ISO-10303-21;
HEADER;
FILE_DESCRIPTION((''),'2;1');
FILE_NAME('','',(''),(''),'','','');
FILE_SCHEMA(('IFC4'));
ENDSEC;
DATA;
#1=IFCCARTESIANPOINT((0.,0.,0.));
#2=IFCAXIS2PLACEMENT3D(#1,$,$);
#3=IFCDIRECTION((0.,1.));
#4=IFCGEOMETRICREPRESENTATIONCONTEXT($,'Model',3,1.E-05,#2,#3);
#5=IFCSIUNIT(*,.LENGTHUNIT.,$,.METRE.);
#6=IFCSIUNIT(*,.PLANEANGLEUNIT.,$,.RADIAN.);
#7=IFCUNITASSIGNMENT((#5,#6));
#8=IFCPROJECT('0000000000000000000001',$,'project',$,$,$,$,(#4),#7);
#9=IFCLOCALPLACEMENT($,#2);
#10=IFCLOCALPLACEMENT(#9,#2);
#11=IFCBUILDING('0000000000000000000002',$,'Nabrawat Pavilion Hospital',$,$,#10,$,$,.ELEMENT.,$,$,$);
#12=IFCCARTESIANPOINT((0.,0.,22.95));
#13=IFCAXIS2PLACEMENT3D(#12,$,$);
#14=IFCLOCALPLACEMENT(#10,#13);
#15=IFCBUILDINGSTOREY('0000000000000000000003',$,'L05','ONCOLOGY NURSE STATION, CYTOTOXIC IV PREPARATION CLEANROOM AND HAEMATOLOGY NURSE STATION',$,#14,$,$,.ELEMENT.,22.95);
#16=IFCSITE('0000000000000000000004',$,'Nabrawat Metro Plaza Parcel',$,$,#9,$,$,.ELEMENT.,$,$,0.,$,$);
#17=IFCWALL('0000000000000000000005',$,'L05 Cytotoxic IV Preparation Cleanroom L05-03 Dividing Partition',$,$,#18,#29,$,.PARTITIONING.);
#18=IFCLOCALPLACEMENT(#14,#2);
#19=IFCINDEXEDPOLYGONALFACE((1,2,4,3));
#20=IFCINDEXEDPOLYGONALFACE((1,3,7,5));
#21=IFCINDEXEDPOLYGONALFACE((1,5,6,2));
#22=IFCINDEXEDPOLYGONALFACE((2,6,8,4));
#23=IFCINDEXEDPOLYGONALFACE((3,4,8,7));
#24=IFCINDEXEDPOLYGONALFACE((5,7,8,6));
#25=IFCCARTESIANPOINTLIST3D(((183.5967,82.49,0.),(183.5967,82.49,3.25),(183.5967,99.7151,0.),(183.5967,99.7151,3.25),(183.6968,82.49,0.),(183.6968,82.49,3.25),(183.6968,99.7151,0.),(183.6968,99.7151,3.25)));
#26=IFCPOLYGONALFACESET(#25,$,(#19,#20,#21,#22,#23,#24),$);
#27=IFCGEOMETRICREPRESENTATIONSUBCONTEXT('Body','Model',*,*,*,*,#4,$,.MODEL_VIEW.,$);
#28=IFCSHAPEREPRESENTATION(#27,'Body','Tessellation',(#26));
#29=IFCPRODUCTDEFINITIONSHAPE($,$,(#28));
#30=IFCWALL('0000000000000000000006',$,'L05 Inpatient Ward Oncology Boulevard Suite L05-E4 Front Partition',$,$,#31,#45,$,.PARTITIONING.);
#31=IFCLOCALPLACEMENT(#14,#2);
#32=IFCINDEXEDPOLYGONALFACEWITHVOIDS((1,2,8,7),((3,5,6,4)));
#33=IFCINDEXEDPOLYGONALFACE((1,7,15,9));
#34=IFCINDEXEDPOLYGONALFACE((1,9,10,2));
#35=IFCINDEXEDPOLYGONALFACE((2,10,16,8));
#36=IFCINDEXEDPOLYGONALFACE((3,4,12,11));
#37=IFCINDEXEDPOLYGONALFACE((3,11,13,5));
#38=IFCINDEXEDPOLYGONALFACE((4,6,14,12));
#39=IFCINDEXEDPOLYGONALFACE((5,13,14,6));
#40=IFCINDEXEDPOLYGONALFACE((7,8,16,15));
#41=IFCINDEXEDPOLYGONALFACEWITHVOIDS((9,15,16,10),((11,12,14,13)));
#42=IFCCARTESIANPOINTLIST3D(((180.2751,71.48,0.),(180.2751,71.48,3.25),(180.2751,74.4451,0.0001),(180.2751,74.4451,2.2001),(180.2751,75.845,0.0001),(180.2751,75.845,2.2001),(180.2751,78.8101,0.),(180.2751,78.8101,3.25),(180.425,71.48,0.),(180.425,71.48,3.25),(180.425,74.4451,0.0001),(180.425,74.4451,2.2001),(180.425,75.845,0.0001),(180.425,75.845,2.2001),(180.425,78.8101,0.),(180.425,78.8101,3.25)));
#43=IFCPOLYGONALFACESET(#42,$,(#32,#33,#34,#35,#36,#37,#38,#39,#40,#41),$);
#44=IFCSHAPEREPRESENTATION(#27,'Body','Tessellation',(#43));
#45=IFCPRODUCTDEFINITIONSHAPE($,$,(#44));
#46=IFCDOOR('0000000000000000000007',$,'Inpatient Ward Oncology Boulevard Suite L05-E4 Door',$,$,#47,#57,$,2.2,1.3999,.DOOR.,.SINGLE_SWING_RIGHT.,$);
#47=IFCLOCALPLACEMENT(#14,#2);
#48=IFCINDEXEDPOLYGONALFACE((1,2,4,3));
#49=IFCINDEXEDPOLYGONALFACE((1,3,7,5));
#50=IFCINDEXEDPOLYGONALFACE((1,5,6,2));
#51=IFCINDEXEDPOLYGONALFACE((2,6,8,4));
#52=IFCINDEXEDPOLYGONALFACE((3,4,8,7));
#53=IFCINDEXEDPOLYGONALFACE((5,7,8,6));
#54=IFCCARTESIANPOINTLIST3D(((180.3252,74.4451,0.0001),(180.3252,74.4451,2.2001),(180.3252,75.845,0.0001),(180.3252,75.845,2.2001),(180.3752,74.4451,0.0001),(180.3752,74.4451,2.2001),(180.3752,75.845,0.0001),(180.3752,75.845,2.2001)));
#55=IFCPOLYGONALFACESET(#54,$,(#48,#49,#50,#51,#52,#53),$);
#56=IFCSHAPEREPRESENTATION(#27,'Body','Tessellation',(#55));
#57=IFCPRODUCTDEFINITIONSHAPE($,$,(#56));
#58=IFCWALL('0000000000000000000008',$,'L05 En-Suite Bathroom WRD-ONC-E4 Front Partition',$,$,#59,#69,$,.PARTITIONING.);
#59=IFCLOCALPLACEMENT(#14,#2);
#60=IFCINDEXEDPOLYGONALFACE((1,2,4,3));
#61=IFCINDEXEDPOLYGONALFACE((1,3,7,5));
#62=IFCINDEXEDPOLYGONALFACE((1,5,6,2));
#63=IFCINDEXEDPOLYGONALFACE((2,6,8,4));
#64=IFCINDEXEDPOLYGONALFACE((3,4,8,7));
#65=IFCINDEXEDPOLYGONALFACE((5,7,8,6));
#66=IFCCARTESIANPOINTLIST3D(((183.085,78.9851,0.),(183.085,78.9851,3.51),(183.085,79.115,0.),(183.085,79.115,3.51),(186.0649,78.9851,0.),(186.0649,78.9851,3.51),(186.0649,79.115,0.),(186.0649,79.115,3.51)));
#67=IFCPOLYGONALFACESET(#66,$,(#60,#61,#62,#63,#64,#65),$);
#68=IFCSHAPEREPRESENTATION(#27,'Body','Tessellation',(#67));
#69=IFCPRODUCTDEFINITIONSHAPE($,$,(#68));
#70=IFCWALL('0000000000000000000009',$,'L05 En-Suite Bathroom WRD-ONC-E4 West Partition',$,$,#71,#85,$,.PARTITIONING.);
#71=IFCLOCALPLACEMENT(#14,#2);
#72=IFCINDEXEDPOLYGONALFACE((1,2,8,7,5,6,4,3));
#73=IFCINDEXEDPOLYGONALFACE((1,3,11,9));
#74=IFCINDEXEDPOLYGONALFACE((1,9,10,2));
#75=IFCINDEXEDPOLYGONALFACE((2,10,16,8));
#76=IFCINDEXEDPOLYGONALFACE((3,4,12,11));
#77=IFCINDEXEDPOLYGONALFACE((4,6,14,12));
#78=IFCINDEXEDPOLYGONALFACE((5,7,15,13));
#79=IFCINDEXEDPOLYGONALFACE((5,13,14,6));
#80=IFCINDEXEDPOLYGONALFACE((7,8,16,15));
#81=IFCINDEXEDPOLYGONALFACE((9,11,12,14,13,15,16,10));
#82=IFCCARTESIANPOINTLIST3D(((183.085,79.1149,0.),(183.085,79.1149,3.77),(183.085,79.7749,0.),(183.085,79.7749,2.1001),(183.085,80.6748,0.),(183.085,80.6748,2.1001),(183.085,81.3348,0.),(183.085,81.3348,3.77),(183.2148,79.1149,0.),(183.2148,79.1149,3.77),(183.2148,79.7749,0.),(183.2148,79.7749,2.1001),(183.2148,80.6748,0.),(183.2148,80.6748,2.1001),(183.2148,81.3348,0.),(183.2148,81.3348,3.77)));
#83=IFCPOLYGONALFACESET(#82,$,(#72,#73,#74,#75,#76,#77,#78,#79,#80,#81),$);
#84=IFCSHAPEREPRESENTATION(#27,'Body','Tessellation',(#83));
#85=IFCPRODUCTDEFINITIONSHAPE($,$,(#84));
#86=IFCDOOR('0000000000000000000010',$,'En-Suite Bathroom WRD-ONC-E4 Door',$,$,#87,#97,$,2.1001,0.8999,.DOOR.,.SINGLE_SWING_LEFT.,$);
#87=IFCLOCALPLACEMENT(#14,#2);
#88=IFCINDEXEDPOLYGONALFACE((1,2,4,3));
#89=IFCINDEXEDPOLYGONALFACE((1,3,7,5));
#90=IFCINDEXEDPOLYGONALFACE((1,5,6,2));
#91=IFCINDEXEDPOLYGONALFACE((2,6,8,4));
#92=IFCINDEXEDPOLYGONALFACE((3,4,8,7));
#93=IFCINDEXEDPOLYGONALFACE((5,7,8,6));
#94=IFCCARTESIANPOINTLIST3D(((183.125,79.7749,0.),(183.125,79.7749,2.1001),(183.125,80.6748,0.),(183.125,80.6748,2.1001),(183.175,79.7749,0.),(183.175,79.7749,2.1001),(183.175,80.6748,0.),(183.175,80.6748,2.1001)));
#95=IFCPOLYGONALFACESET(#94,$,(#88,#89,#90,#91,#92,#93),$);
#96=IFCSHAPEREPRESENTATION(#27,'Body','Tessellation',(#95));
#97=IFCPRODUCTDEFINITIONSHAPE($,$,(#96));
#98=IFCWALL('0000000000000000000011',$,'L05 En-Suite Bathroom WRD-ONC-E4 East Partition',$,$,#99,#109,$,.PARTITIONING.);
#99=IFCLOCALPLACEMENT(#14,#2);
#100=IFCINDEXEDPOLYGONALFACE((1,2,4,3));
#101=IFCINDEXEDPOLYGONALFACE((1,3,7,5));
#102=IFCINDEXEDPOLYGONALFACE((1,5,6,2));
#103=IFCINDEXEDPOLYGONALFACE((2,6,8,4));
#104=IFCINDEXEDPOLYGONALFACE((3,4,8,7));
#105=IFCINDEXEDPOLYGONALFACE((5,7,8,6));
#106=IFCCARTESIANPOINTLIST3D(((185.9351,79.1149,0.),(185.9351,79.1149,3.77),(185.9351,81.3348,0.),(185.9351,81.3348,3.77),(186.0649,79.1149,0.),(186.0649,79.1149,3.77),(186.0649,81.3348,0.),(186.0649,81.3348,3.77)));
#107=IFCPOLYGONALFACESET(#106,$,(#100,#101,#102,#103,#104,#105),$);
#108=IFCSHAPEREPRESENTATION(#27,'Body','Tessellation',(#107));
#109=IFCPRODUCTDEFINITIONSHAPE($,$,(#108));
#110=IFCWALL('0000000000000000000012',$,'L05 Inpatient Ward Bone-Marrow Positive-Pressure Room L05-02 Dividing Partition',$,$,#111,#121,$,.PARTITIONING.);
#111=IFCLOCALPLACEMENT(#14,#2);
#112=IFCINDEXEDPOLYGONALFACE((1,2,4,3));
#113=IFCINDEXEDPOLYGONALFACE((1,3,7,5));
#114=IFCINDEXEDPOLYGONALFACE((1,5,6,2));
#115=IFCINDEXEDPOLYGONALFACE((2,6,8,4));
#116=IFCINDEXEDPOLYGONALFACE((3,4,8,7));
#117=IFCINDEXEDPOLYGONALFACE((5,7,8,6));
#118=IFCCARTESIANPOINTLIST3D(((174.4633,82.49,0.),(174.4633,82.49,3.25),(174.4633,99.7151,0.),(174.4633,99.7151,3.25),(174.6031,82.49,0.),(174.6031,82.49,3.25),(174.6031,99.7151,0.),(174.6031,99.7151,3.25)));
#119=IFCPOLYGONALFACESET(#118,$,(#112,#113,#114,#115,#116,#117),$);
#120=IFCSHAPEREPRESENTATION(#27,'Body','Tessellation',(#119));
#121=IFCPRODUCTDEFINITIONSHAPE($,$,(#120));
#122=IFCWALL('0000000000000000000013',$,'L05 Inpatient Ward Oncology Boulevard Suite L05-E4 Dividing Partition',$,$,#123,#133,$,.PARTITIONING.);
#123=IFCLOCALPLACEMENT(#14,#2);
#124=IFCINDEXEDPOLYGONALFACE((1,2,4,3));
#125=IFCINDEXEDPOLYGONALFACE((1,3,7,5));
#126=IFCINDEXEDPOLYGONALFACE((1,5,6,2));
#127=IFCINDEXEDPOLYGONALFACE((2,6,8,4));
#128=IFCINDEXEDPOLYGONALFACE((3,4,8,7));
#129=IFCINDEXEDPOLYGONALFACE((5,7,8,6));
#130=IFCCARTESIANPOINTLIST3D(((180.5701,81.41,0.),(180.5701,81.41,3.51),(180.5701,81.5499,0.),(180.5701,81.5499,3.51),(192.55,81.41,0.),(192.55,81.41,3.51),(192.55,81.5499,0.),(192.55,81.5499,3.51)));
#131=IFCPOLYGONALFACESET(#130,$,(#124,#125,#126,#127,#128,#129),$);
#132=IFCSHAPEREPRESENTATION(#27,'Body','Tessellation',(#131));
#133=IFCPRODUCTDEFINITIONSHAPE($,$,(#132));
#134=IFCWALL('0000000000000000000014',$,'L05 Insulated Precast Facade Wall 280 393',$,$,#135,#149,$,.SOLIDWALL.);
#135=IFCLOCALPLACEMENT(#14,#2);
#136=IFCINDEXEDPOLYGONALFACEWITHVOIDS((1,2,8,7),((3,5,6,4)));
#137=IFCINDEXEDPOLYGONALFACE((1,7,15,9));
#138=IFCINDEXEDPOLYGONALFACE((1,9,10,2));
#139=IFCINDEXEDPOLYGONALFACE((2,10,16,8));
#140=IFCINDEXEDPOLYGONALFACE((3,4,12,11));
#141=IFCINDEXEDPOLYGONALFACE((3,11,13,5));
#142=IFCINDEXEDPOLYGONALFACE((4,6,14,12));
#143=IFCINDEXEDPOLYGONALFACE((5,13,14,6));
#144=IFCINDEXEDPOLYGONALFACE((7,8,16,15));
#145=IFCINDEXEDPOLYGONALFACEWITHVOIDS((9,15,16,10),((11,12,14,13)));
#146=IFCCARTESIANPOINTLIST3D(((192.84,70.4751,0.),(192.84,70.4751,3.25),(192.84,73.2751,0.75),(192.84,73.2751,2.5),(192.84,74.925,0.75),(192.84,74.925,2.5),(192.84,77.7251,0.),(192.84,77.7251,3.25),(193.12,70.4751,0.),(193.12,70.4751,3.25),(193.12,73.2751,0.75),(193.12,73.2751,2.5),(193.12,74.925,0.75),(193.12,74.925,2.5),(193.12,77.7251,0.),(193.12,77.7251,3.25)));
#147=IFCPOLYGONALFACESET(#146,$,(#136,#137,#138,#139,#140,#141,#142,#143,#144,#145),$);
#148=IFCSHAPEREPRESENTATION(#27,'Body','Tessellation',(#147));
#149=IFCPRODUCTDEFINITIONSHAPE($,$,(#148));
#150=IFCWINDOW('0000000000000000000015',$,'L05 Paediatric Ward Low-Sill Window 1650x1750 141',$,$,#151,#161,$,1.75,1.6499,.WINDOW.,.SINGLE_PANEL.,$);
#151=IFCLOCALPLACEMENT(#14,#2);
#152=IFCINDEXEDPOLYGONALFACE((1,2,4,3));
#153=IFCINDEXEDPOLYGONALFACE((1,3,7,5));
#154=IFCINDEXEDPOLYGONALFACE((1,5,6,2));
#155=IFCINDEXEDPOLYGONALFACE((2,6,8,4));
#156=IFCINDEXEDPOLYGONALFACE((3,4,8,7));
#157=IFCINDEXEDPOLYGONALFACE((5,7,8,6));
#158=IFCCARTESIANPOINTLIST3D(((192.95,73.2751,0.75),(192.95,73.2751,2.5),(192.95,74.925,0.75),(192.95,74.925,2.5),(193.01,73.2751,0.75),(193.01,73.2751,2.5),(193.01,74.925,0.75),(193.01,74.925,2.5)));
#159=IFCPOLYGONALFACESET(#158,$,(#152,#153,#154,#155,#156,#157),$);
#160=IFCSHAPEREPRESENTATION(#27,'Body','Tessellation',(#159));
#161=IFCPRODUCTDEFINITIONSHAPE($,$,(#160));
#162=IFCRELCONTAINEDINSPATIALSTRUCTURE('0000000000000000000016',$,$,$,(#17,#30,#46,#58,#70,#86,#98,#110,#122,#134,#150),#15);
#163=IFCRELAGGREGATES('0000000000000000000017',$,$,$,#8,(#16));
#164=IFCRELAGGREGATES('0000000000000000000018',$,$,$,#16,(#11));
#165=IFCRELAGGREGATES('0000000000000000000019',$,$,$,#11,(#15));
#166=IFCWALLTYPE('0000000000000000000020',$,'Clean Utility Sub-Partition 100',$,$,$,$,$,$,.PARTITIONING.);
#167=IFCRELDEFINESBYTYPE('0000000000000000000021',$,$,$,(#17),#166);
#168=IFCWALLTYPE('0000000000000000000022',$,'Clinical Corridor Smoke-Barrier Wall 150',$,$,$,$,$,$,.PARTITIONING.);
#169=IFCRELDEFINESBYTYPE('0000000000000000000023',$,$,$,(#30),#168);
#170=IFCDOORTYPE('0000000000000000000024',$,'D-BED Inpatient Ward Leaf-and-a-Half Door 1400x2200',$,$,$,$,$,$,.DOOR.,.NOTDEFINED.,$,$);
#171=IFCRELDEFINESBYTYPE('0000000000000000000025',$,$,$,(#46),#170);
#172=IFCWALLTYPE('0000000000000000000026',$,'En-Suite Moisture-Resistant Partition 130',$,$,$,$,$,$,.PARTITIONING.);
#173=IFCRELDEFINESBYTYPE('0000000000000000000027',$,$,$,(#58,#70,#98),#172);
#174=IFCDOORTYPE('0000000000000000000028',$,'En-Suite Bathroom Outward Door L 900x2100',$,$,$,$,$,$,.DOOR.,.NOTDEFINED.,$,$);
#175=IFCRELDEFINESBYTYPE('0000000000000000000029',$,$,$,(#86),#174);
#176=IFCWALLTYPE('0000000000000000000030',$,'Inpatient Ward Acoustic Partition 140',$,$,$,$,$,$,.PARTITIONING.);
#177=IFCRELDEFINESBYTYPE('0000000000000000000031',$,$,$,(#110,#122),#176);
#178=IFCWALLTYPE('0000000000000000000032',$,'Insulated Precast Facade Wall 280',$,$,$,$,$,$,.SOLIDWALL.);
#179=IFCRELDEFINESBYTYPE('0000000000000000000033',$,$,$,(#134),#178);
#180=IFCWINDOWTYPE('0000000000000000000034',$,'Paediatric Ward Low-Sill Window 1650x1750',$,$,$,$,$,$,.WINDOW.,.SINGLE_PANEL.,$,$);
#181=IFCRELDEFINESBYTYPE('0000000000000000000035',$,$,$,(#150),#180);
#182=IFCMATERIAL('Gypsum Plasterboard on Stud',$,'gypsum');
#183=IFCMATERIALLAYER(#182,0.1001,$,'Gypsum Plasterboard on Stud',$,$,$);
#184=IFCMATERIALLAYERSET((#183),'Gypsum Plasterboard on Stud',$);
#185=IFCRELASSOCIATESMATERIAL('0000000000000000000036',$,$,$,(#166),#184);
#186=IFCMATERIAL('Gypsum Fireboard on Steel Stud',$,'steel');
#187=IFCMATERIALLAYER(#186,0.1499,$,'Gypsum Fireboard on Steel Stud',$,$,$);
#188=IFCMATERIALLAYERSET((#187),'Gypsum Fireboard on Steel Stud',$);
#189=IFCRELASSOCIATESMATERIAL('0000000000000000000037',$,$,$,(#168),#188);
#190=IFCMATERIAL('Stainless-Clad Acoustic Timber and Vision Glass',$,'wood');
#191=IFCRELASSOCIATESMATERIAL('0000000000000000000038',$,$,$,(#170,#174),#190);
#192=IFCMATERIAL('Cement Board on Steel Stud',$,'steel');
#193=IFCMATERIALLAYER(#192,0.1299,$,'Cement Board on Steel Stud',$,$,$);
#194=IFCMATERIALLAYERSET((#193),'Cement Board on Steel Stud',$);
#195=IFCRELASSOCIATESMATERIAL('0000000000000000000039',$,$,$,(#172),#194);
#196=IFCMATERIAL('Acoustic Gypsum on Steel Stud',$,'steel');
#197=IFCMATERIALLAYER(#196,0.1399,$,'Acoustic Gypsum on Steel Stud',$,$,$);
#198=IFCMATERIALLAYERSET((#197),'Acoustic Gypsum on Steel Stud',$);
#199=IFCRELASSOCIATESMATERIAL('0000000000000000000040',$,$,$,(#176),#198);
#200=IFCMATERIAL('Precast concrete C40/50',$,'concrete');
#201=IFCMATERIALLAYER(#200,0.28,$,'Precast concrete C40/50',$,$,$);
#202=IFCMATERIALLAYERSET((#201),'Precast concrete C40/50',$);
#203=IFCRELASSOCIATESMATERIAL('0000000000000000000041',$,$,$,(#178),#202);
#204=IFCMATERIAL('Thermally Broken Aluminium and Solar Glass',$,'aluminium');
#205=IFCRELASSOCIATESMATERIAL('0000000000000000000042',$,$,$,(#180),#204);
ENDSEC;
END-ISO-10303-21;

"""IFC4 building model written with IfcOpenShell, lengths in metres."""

from ifc_helpers import new_model, si_unit, direction, frame, frame_2d, origin, place, context, subcontext, project, spatial, rectangle, extrude, material, layer, layer_set, type_object, element, fill, save


model = new_model("IFC4")

# Units and contexts
model_context = context("Model", 3, precision=1e-05, world=origin(), true_north=direction((0.0, 1.0)))
body_context = subcontext(model_context, "Body", "Model", "MODEL_VIEW")
ifc_project = project(units=[si_unit("LENGTHUNIT", "METRE"), si_unit("PLANEANGLEUNIT", "RADIAN")], contexts=[model_context])

# Site, building, storey
site_placement = place(None, origin())
site = spatial("IfcSite", under=ifc_project, at=site_placement, Name="Nabrawat Metro Plaza Parcel", CompositionType="ELEMENT", RefElevation=0.0)
building_placement = place(site_placement, origin())
building = spatial("IfcBuilding", under=site, at=building_placement, Name="Nabrawat Pavilion Hospital", CompositionType="ELEMENT")
storey_placement = place(building_placement, frame((0.0, 0.0, 22.95)))
storey = spatial("IfcBuildingStorey", under=building, at=storey_placement, Name="L05", Description="ONCOLOGY NURSE STATION, CYTOTOXIC IV PREPARATION CLEANROOM AND HAEMATOLOGY NURSE STATION", CompositionType="ELEMENT", Elevation=22.95)

# Wall
ifc_material_1 = material(Name="Gypsum Plasterboard on Stud", Category="gypsum")
ifc_layer_1 = layer(ifc_material_1, 0.1001, Name="Gypsum Plasterboard on Stud")
ifc_layer_set_1 = layer_set([ifc_layer_1], Name="Gypsum Plasterboard on Stud")
wall_type_1 = type_object("IfcWallType", Name="Clean Utility Sub-Partition 100", PredefinedType="PARTITIONING", material=ifc_layer_set_1)
wall_1_placement = place(storey_placement, frame((183.6467, 82.49, 0.0), z_axis=(0.0, 0.0, 1.0), x_axis=(0.0, 1.0, 0.0)))
element("IfcWall", 1, at=wall_1_placement, inside=storey, type_object=wall_type_1, Name="L05 Cytotoxic IV Preparation Cleanroom L05-03 Dividing Partition", PredefinedType="PARTITIONING", context=body_context, shape_type="SweptSolid", body=[
    extrude(rectangle(XDim=17.2251, YDim=0.1001, at=frame_2d((8.6125, 0.0))), origin(), (0.0, 0.0, 1.0), 3.25),
])

# Wall, opening, door
ifc_material_2 = material(Name="Gypsum Fireboard on Steel Stud", Category="steel")
ifc_layer_2 = layer(ifc_material_2, 0.1499, Name="Gypsum Fireboard on Steel Stud")
ifc_layer_set_2 = layer_set([ifc_layer_2], Name="Gypsum Fireboard on Steel Stud")
wall_type_2 = type_object("IfcWallType", Name="Clinical Corridor Smoke-Barrier Wall 150", PredefinedType="PARTITIONING", material=ifc_layer_set_2)
wall_2_placement = place(storey_placement, frame((180.3501, 71.48, 0.0), z_axis=(0.0, 0.0, 1.0), x_axis=(0.0, 1.0, 0.0)))
wall_2 = element("IfcWall", 2, at=wall_2_placement, inside=storey, type_object=wall_type_2, Name="L05 Inpatient Ward Oncology Boulevard Suite L05-E4 Front Partition", PredefinedType="PARTITIONING", context=body_context, shape_type="SweptSolid", body=[
    extrude(rectangle(XDim=7.3301, YDim=0.1499, at=frame_2d((3.665, 0.0))), origin(), (0.0, 0.0, 1.0), 3.25),
])
opening_1_placement = place(wall_2_placement, frame((2.9651, 0.0, 0.0)))
opening_1 = element("IfcOpeningElement", 3, at=opening_1_placement, cuts=wall_2, PredefinedType="OPENING", context=body_context, shape_type="SweptSolid", body=[
    extrude(rectangle(XDim=1.3999, YDim=2.2, at=frame_2d((0.7, 1.1001))), frame((0.0, 0.085, 0.0), z_axis=(0.0, -1.0, 0.0), x_axis=(1.0, 0.0, 0.0)), (0.0, 0.0, 1.0), 0.1699),
])
ifc_material_3 = material(Name="Stainless-Clad Acoustic Timber and Vision Glass", Category="wood")
door_type_1 = type_object("IfcDoorType", Name="D-BED Inpatient Ward Leaf-and-a-Half Door 1400x2200", OperationType="NOTDEFINED", PredefinedType="DOOR", material=ifc_material_3)
door_1_placement = place(opening_1_placement, origin())
door_1 = element("IfcDoor", 4, at=door_1_placement, inside=storey, type_object=door_type_1, Name="Inpatient Ward Oncology Boulevard Suite L05-E4 Door", OperationType="SINGLE_SWING_RIGHT", OverallHeight=2.2, OverallWidth=1.3999, PredefinedType="DOOR", context=body_context, shape_type="SweptSolid", body=[
    extrude(rectangle(XDim=1.3999, YDim=2.2, at=frame_2d((0.7, 1.1001))), frame((0.0, 0.0249, 0.0), z_axis=(0.0, -1.0, 0.0), x_axis=(1.0, 0.0, 0.0)), (0.0, 0.0, 1.0), 0.05),
])
fill(opening_1, door_1)

# Wall
ifc_material_4 = material(Name="Cement Board on Steel Stud", Category="steel")
ifc_layer_3 = layer(ifc_material_4, 0.1299, Name="Cement Board on Steel Stud")
ifc_layer_set_3 = layer_set([ifc_layer_3], Name="Cement Board on Steel Stud")
wall_type_3 = type_object("IfcWallType", Name="En-Suite Moisture-Resistant Partition 130", PredefinedType="PARTITIONING", material=ifc_layer_set_3)
wall_3_placement = place(storey_placement, frame((183.085, 79.05, 0.0), z_axis=(0.0, 0.0, 1.0), x_axis=(1.0, 0.0, 0.0)))
element("IfcWall", 5, at=wall_3_placement, inside=storey, type_object=wall_type_3, Name="L05 En-Suite Bathroom WRD-ONC-E4 Front Partition", PredefinedType="PARTITIONING", context=body_context, shape_type="SweptSolid", body=[
    extrude(rectangle(XDim=2.98, YDim=0.1299, at=frame_2d((1.49, 0.0))), origin(), (0.0, 0.0, 1.0), 3.51),
])

# Wall, opening, door
wall_4_placement = place(storey_placement, frame((183.1499, 79.115, 0.0), z_axis=(0.0, 0.0, 1.0), x_axis=(0.0, 1.0, 0.0)))
wall_4 = element("IfcWall", 6, at=wall_4_placement, inside=storey, type_object=wall_type_3, Name="L05 En-Suite Bathroom WRD-ONC-E4 West Partition", PredefinedType="PARTITIONING", context=body_context, shape_type="SweptSolid", body=[
    extrude(rectangle(XDim=2.22, YDim=0.1299, at=frame_2d((1.1099, 0.0))), origin(), (0.0, 0.0, 1.0), 3.77),
])
opening_2_placement = place(wall_4_placement, frame((0.6599, 0.0, 0.0)))
opening_2 = element("IfcOpeningElement", 7, at=opening_2_placement, cuts=wall_4, PredefinedType="OPENING", context=body_context, shape_type="SweptSolid", body=[
    extrude(rectangle(XDim=0.8999, YDim=2.1001, at=frame_2d((0.45, 1.05))), frame((0.0, 0.075, 0.0), z_axis=(0.0, -1.0, 0.0), x_axis=(1.0, 0.0, 0.0)), (0.0, 0.0, 1.0), 0.1499),
])
door_type_2 = type_object("IfcDoorType", Name="En-Suite Bathroom Outward Door L 900x2100", OperationType="NOTDEFINED", PredefinedType="DOOR", material=ifc_material_3)
door_2_placement = place(opening_2_placement, origin())
door_2 = element("IfcDoor", 8, at=door_2_placement, inside=storey, type_object=door_type_2, Name="En-Suite Bathroom WRD-ONC-E4 Door", OperationType="SINGLE_SWING_LEFT", OverallHeight=2.1001, OverallWidth=0.8999, PredefinedType="DOOR", context=body_context, shape_type="SweptSolid", body=[
    extrude(rectangle(XDim=0.8999, YDim=2.1001, at=frame_2d((0.45, 1.05))), frame((0.0, 0.0249, 0.0), z_axis=(0.0, -1.0, 0.0), x_axis=(1.0, 0.0, 0.0)), (0.0, 0.0, 1.0), 0.05),
])
fill(opening_2, door_2)

# Walls
wall_5_placement = place(storey_placement, frame((186.0, 79.115, 0.0), z_axis=(0.0, 0.0, 1.0), x_axis=(0.0, 1.0, 0.0)))
element("IfcWall", 9, at=wall_5_placement, inside=storey, type_object=wall_type_3, Name="L05 En-Suite Bathroom WRD-ONC-E4 East Partition", PredefinedType="PARTITIONING", context=body_context, shape_type="SweptSolid", body=[
    extrude(rectangle(XDim=2.22, YDim=0.1299, at=frame_2d((1.1099, 0.0))), origin(), (0.0, 0.0, 1.0), 3.77),
])
ifc_material_5 = material(Name="Acoustic Gypsum on Steel Stud", Category="steel")
ifc_layer_4 = layer(ifc_material_5, 0.1399, Name="Acoustic Gypsum on Steel Stud")
ifc_layer_set_4 = layer_set([ifc_layer_4], Name="Acoustic Gypsum on Steel Stud")
wall_type_4 = type_object("IfcWallType", Name="Inpatient Ward Acoustic Partition 140", PredefinedType="PARTITIONING", material=ifc_layer_set_4)
wall_6_placement = place(storey_placement, frame((174.5332, 82.49, 0.0), z_axis=(0.0, 0.0, 1.0), x_axis=(0.0, 1.0, 0.0)))
element("IfcWall", 10, at=wall_6_placement, inside=storey, type_object=wall_type_4, Name="L05 Inpatient Ward Bone-Marrow Positive-Pressure Room L05-02 Dividing Partition", PredefinedType="PARTITIONING", context=body_context, shape_type="SweptSolid", body=[
    extrude(rectangle(XDim=17.2251, YDim=0.1399, at=frame_2d((8.6125, 0.0))), origin(), (0.0, 0.0, 1.0), 3.25),
])
wall_7_placement = place(storey_placement, frame((180.5701, 81.48, 0.0), z_axis=(0.0, 0.0, 1.0), x_axis=(1.0, 0.0, 0.0)))
element("IfcWall", 11, at=wall_7_placement, inside=storey, type_object=wall_type_4, Name="L05 Inpatient Ward Oncology Boulevard Suite L05-E4 Dividing Partition", PredefinedType="PARTITIONING", context=body_context, shape_type="SweptSolid", body=[
    extrude(rectangle(XDim=11.98, YDim=0.1399, at=frame_2d((5.99, 0.0))), origin(), (0.0, 0.0, 1.0), 3.51),
])

# Wall, opening, window
ifc_material_6 = material(Name="Precast concrete C40/50", Category="concrete")
ifc_layer_5 = layer(ifc_material_6, 0.28, Name="Precast concrete C40/50")
ifc_layer_set_5 = layer_set([ifc_layer_5], Name="Precast concrete C40/50")
wall_type_5 = type_object("IfcWallType", Name="Insulated Precast Facade Wall 280", PredefinedType="SOLIDWALL", material=ifc_layer_set_5)
wall_8_placement = place(storey_placement, frame((192.98, 70.4751, 0.0), z_axis=(0.0, 0.0, 1.0), x_axis=(0.0, 1.0, 0.0)))
wall_8 = element("IfcWall", 12, at=wall_8_placement, inside=storey, type_object=wall_type_5, Name="L05 Insulated Precast Facade Wall 280 393", PredefinedType="SOLIDWALL", context=body_context, shape_type="SweptSolid", body=[
    extrude(rectangle(XDim=7.25, YDim=0.28, at=frame_2d((3.625, 0.0))), origin(), (0.0, 0.0, 1.0), 3.25),
])
opening_3_placement = place(wall_8_placement, frame((2.8, 0.0, 0.75)))
opening_3 = element("IfcOpeningElement", 13, at=opening_3_placement, cuts=wall_8, PredefinedType="OPENING", context=body_context, shape_type="SweptSolid", body=[
    extrude(rectangle(XDim=1.6499, YDim=1.75, at=frame_2d((0.825, 0.875))), frame((0.0, 0.1499, 0.0), z_axis=(0.0, -1.0, 0.0), x_axis=(1.0, 0.0, 0.0)), (0.0, 0.0, 1.0), 0.3),
])
ifc_material_7 = material(Name="Thermally Broken Aluminium and Solar Glass", Category="aluminium")
window_type = type_object("IfcWindowType", Name="Paediatric Ward Low-Sill Window 1650x1750", PartitioningType="SINGLE_PANEL", PredefinedType="WINDOW", material=ifc_material_7)
window_placement = place(opening_3_placement, origin())
window = element("IfcWindow", 14, at=window_placement, inside=storey, type_object=window_type, Name="L05 Paediatric Ward Low-Sill Window 1650x1750 141", OverallHeight=1.75, OverallWidth=1.6499, PartitioningType="SINGLE_PANEL", PredefinedType="WINDOW", context=body_context, shape_type="SweptSolid", body=[
    extrude(rectangle(XDim=1.6499, YDim=1.75, at=frame_2d((0.825, 0.875))), frame((0.0, 0.03, 0.0), z_axis=(0.0, -1.0, 0.0), x_axis=(1.0, 0.0, 0.0)), (0.0, 0.0, 1.0), 0.0601),
])
fill(opening_3, window)

save(model, "model.ifc")
